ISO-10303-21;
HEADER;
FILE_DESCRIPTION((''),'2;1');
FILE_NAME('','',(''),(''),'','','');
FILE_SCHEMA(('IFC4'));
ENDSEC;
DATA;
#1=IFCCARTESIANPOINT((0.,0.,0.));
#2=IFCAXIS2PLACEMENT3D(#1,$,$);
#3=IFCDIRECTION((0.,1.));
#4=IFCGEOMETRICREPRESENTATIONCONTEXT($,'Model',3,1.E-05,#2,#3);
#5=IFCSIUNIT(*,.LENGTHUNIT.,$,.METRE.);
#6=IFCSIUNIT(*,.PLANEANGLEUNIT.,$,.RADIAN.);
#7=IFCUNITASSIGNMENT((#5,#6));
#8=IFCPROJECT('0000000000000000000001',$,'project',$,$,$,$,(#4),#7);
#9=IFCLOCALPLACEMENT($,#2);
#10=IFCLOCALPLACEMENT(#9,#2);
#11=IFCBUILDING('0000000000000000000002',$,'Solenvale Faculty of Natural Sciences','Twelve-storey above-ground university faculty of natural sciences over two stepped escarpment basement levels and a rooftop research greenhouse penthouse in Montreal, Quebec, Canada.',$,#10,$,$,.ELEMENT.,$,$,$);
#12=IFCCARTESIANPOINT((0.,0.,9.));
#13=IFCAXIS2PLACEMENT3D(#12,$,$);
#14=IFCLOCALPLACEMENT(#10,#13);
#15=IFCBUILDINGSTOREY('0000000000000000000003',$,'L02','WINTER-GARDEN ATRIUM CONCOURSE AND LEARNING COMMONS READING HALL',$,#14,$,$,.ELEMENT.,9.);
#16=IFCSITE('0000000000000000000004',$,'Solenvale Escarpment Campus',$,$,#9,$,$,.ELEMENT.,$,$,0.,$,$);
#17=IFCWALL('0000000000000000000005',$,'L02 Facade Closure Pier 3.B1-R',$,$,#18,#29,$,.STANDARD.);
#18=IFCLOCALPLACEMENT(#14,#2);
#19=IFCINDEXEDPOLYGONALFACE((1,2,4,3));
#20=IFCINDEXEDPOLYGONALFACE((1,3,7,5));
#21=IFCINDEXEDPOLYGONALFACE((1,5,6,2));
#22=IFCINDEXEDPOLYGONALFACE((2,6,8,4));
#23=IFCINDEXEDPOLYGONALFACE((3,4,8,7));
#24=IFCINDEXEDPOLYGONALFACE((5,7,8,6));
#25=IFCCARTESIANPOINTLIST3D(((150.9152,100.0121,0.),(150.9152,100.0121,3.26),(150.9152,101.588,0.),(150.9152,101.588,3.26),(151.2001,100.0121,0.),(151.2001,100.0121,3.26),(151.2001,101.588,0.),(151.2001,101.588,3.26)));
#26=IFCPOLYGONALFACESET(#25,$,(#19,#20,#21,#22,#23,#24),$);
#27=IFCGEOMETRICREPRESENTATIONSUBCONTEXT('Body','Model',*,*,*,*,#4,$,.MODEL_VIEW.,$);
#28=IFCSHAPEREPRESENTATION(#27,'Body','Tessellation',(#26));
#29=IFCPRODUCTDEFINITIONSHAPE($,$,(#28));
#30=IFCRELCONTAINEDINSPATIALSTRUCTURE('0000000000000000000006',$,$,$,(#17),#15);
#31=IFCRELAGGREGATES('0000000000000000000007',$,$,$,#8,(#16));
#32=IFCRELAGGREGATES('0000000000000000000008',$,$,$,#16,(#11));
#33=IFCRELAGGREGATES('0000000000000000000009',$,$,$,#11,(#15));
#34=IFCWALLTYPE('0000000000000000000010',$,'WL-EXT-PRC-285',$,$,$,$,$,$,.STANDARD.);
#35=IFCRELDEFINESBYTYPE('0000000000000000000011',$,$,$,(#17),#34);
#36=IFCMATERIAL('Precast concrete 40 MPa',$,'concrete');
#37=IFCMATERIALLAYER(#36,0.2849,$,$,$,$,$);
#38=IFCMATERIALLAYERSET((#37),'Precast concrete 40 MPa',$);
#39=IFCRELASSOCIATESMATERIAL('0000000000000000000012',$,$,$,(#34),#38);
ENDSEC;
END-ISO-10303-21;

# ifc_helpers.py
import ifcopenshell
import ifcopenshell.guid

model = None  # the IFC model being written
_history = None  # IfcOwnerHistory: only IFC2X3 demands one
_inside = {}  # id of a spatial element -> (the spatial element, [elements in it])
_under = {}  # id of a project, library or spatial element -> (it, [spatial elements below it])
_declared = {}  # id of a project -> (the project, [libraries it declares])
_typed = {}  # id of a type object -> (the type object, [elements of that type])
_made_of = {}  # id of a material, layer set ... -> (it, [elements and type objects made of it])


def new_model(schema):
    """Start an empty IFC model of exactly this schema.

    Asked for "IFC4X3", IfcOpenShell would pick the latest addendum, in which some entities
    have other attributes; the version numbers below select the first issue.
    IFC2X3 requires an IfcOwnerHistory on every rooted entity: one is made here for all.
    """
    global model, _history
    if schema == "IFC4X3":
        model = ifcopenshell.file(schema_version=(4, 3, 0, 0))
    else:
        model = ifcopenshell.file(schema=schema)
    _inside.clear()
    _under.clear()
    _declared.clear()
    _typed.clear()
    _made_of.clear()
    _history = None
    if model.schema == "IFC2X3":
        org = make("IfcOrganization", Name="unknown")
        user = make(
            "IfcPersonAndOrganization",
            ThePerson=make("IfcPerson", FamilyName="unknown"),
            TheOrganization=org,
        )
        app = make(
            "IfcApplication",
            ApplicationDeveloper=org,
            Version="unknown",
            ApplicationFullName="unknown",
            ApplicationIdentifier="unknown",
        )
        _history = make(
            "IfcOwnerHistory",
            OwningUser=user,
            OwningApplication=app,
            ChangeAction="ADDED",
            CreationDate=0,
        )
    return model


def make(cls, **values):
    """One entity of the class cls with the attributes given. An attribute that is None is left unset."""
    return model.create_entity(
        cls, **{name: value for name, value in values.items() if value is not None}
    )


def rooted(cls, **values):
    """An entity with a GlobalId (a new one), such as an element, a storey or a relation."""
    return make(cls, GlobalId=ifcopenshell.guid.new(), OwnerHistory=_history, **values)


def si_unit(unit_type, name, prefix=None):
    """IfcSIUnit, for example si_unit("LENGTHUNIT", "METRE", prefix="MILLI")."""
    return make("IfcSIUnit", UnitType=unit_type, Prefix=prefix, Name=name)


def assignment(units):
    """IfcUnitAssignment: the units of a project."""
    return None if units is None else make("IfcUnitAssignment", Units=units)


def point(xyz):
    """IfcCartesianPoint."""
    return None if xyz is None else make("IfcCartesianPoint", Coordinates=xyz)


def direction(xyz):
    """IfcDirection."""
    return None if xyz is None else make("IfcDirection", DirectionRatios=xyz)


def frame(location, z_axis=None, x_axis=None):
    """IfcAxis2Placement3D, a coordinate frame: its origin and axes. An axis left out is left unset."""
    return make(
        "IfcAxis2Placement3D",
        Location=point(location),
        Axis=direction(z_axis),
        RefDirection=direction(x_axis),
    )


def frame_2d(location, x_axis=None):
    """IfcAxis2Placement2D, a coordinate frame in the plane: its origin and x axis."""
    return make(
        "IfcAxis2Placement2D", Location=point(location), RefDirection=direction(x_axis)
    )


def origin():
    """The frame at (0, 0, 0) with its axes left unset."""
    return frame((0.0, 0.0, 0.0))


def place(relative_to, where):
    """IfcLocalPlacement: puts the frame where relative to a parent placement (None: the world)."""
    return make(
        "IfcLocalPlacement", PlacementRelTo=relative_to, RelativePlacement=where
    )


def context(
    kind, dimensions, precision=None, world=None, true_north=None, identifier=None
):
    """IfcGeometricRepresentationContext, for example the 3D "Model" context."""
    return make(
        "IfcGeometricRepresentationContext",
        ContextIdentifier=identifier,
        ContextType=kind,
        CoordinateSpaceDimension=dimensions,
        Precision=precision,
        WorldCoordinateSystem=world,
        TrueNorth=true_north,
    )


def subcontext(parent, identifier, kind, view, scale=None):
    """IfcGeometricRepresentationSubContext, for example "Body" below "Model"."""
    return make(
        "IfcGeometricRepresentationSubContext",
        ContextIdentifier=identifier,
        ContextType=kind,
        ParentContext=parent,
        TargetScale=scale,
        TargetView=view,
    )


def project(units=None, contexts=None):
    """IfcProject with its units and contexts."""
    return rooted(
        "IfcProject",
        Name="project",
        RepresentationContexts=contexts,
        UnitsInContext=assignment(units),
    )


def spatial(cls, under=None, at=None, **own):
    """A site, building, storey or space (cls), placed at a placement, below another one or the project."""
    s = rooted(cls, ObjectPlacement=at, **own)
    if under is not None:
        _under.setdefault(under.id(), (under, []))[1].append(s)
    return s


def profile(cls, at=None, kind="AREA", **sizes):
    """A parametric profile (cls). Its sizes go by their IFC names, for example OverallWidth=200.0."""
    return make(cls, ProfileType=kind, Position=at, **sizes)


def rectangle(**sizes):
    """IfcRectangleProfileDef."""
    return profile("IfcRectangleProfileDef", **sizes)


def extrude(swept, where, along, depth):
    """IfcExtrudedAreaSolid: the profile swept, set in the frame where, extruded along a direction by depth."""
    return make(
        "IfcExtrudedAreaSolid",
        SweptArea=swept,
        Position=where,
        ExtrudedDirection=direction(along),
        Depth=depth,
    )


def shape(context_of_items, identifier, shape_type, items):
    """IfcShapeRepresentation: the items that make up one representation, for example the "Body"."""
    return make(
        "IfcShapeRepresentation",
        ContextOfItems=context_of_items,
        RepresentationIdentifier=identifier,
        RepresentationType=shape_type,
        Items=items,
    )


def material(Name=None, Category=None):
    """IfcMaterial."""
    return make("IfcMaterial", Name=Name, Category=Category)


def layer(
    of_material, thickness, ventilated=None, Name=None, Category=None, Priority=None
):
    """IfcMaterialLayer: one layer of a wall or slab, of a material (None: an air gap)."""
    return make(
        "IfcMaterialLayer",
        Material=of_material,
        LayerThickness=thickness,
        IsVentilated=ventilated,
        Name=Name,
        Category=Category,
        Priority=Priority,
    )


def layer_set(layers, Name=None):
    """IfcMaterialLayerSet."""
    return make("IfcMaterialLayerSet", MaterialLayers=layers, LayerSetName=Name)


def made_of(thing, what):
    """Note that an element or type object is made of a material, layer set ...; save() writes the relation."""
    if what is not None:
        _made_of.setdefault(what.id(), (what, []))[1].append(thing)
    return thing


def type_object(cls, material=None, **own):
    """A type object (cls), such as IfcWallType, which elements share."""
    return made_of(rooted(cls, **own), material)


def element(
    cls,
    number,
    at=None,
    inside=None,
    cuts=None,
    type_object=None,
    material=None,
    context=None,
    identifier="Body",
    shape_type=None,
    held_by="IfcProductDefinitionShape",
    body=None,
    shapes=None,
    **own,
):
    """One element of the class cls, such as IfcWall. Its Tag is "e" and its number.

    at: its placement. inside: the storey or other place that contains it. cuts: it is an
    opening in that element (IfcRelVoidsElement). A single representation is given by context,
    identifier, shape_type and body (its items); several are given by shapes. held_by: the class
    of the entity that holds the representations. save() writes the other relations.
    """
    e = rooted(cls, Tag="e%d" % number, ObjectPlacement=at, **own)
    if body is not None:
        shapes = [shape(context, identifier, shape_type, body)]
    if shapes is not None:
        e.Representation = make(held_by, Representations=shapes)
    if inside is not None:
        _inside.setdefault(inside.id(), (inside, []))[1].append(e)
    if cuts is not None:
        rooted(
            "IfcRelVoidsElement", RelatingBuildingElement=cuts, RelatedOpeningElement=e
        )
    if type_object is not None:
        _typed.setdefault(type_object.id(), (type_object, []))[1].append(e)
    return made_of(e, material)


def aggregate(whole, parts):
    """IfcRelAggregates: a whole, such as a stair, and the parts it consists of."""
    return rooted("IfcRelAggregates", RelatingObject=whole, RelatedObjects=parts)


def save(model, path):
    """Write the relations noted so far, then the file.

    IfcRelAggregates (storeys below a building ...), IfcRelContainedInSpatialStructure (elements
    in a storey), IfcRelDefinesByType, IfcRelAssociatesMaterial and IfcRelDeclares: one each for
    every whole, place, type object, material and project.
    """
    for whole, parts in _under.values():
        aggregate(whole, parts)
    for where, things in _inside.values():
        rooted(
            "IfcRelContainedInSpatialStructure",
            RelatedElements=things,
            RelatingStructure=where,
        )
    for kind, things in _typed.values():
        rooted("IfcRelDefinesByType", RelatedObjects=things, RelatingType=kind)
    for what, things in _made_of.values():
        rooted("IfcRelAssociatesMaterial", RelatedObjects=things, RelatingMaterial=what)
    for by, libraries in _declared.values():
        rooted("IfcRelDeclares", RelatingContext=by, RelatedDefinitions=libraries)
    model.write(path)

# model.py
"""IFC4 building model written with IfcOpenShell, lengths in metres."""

from ifc_helpers import new_model, si_unit, direction, frame, frame_2d, origin, place, context, subcontext, project, spatial, rectangle, extrude, material, layer, layer_set, type_object, element, save


model = new_model("IFC4")

# Units and contexts
model_context = context("Model", 3, precision=1e-05, world=origin(), true_north=direction((0.0, 1.0)))
body_context = subcontext(model_context, "Body", "Model", "MODEL_VIEW")
ifc_project = project(units=[si_unit("LENGTHUNIT", "METRE"), si_unit("PLANEANGLEUNIT", "RADIAN")], contexts=[model_context])

# Site, building, storey
site_placement = place(None, origin())
site = spatial("IfcSite", under=ifc_project, at=site_placement, Name="Solenvale Escarpment Campus", CompositionType="ELEMENT", RefElevation=0.0)
building_placement = place(site_placement, origin())
building = spatial("IfcBuilding", under=site, at=building_placement, Name="Solenvale Faculty of Natural Sciences", Description="Twelve-storey above-ground university faculty of natural sciences over two stepped escarpment basement levels and a rooftop research greenhouse penthouse in Montreal, Quebec, Canada.", CompositionType="ELEMENT")
storey_placement = place(building_placement, frame((0.0, 0.0, 9.0)))
storey = spatial("IfcBuildingStorey", under=building, at=storey_placement, Name="L02", Description="WINTER-GARDEN ATRIUM CONCOURSE AND LEARNING COMMONS READING HALL", CompositionType="ELEMENT", Elevation=9.0)

# Wall
ifc_material_1 = material(Name="Precast concrete 40 MPa", Category="concrete")
ifc_layer_1 = layer(ifc_material_1, 0.2849)
ifc_layer_set_1 = layer_set([ifc_layer_1], Name="Precast concrete 40 MPa")
wall_type = type_object("IfcWallType", Name="WL-EXT-PRC-285", PredefinedType="STANDARD", material=ifc_layer_set_1)
wall_placement = place(storey_placement, frame((151.0576, 100.012, 0.0), z_axis=(0.0, 0.0, 1.0), x_axis=(0.0, 1.0, 0.0)))
element("IfcWall", 1, at=wall_placement, inside=storey, type_object=wall_type, Name="L02 Facade Closure Pier 3.B1-R", PredefinedType="STANDARD", context=body_context, shape_type="SweptSolid", body=[
    extrude(rectangle(XDim=1.5759, YDim=0.2849, at=frame_2d((0.7881, 0.0))), origin(), (0.0, 0.0, 1.0), 3.26),
])

save(model, "model.ifc")
